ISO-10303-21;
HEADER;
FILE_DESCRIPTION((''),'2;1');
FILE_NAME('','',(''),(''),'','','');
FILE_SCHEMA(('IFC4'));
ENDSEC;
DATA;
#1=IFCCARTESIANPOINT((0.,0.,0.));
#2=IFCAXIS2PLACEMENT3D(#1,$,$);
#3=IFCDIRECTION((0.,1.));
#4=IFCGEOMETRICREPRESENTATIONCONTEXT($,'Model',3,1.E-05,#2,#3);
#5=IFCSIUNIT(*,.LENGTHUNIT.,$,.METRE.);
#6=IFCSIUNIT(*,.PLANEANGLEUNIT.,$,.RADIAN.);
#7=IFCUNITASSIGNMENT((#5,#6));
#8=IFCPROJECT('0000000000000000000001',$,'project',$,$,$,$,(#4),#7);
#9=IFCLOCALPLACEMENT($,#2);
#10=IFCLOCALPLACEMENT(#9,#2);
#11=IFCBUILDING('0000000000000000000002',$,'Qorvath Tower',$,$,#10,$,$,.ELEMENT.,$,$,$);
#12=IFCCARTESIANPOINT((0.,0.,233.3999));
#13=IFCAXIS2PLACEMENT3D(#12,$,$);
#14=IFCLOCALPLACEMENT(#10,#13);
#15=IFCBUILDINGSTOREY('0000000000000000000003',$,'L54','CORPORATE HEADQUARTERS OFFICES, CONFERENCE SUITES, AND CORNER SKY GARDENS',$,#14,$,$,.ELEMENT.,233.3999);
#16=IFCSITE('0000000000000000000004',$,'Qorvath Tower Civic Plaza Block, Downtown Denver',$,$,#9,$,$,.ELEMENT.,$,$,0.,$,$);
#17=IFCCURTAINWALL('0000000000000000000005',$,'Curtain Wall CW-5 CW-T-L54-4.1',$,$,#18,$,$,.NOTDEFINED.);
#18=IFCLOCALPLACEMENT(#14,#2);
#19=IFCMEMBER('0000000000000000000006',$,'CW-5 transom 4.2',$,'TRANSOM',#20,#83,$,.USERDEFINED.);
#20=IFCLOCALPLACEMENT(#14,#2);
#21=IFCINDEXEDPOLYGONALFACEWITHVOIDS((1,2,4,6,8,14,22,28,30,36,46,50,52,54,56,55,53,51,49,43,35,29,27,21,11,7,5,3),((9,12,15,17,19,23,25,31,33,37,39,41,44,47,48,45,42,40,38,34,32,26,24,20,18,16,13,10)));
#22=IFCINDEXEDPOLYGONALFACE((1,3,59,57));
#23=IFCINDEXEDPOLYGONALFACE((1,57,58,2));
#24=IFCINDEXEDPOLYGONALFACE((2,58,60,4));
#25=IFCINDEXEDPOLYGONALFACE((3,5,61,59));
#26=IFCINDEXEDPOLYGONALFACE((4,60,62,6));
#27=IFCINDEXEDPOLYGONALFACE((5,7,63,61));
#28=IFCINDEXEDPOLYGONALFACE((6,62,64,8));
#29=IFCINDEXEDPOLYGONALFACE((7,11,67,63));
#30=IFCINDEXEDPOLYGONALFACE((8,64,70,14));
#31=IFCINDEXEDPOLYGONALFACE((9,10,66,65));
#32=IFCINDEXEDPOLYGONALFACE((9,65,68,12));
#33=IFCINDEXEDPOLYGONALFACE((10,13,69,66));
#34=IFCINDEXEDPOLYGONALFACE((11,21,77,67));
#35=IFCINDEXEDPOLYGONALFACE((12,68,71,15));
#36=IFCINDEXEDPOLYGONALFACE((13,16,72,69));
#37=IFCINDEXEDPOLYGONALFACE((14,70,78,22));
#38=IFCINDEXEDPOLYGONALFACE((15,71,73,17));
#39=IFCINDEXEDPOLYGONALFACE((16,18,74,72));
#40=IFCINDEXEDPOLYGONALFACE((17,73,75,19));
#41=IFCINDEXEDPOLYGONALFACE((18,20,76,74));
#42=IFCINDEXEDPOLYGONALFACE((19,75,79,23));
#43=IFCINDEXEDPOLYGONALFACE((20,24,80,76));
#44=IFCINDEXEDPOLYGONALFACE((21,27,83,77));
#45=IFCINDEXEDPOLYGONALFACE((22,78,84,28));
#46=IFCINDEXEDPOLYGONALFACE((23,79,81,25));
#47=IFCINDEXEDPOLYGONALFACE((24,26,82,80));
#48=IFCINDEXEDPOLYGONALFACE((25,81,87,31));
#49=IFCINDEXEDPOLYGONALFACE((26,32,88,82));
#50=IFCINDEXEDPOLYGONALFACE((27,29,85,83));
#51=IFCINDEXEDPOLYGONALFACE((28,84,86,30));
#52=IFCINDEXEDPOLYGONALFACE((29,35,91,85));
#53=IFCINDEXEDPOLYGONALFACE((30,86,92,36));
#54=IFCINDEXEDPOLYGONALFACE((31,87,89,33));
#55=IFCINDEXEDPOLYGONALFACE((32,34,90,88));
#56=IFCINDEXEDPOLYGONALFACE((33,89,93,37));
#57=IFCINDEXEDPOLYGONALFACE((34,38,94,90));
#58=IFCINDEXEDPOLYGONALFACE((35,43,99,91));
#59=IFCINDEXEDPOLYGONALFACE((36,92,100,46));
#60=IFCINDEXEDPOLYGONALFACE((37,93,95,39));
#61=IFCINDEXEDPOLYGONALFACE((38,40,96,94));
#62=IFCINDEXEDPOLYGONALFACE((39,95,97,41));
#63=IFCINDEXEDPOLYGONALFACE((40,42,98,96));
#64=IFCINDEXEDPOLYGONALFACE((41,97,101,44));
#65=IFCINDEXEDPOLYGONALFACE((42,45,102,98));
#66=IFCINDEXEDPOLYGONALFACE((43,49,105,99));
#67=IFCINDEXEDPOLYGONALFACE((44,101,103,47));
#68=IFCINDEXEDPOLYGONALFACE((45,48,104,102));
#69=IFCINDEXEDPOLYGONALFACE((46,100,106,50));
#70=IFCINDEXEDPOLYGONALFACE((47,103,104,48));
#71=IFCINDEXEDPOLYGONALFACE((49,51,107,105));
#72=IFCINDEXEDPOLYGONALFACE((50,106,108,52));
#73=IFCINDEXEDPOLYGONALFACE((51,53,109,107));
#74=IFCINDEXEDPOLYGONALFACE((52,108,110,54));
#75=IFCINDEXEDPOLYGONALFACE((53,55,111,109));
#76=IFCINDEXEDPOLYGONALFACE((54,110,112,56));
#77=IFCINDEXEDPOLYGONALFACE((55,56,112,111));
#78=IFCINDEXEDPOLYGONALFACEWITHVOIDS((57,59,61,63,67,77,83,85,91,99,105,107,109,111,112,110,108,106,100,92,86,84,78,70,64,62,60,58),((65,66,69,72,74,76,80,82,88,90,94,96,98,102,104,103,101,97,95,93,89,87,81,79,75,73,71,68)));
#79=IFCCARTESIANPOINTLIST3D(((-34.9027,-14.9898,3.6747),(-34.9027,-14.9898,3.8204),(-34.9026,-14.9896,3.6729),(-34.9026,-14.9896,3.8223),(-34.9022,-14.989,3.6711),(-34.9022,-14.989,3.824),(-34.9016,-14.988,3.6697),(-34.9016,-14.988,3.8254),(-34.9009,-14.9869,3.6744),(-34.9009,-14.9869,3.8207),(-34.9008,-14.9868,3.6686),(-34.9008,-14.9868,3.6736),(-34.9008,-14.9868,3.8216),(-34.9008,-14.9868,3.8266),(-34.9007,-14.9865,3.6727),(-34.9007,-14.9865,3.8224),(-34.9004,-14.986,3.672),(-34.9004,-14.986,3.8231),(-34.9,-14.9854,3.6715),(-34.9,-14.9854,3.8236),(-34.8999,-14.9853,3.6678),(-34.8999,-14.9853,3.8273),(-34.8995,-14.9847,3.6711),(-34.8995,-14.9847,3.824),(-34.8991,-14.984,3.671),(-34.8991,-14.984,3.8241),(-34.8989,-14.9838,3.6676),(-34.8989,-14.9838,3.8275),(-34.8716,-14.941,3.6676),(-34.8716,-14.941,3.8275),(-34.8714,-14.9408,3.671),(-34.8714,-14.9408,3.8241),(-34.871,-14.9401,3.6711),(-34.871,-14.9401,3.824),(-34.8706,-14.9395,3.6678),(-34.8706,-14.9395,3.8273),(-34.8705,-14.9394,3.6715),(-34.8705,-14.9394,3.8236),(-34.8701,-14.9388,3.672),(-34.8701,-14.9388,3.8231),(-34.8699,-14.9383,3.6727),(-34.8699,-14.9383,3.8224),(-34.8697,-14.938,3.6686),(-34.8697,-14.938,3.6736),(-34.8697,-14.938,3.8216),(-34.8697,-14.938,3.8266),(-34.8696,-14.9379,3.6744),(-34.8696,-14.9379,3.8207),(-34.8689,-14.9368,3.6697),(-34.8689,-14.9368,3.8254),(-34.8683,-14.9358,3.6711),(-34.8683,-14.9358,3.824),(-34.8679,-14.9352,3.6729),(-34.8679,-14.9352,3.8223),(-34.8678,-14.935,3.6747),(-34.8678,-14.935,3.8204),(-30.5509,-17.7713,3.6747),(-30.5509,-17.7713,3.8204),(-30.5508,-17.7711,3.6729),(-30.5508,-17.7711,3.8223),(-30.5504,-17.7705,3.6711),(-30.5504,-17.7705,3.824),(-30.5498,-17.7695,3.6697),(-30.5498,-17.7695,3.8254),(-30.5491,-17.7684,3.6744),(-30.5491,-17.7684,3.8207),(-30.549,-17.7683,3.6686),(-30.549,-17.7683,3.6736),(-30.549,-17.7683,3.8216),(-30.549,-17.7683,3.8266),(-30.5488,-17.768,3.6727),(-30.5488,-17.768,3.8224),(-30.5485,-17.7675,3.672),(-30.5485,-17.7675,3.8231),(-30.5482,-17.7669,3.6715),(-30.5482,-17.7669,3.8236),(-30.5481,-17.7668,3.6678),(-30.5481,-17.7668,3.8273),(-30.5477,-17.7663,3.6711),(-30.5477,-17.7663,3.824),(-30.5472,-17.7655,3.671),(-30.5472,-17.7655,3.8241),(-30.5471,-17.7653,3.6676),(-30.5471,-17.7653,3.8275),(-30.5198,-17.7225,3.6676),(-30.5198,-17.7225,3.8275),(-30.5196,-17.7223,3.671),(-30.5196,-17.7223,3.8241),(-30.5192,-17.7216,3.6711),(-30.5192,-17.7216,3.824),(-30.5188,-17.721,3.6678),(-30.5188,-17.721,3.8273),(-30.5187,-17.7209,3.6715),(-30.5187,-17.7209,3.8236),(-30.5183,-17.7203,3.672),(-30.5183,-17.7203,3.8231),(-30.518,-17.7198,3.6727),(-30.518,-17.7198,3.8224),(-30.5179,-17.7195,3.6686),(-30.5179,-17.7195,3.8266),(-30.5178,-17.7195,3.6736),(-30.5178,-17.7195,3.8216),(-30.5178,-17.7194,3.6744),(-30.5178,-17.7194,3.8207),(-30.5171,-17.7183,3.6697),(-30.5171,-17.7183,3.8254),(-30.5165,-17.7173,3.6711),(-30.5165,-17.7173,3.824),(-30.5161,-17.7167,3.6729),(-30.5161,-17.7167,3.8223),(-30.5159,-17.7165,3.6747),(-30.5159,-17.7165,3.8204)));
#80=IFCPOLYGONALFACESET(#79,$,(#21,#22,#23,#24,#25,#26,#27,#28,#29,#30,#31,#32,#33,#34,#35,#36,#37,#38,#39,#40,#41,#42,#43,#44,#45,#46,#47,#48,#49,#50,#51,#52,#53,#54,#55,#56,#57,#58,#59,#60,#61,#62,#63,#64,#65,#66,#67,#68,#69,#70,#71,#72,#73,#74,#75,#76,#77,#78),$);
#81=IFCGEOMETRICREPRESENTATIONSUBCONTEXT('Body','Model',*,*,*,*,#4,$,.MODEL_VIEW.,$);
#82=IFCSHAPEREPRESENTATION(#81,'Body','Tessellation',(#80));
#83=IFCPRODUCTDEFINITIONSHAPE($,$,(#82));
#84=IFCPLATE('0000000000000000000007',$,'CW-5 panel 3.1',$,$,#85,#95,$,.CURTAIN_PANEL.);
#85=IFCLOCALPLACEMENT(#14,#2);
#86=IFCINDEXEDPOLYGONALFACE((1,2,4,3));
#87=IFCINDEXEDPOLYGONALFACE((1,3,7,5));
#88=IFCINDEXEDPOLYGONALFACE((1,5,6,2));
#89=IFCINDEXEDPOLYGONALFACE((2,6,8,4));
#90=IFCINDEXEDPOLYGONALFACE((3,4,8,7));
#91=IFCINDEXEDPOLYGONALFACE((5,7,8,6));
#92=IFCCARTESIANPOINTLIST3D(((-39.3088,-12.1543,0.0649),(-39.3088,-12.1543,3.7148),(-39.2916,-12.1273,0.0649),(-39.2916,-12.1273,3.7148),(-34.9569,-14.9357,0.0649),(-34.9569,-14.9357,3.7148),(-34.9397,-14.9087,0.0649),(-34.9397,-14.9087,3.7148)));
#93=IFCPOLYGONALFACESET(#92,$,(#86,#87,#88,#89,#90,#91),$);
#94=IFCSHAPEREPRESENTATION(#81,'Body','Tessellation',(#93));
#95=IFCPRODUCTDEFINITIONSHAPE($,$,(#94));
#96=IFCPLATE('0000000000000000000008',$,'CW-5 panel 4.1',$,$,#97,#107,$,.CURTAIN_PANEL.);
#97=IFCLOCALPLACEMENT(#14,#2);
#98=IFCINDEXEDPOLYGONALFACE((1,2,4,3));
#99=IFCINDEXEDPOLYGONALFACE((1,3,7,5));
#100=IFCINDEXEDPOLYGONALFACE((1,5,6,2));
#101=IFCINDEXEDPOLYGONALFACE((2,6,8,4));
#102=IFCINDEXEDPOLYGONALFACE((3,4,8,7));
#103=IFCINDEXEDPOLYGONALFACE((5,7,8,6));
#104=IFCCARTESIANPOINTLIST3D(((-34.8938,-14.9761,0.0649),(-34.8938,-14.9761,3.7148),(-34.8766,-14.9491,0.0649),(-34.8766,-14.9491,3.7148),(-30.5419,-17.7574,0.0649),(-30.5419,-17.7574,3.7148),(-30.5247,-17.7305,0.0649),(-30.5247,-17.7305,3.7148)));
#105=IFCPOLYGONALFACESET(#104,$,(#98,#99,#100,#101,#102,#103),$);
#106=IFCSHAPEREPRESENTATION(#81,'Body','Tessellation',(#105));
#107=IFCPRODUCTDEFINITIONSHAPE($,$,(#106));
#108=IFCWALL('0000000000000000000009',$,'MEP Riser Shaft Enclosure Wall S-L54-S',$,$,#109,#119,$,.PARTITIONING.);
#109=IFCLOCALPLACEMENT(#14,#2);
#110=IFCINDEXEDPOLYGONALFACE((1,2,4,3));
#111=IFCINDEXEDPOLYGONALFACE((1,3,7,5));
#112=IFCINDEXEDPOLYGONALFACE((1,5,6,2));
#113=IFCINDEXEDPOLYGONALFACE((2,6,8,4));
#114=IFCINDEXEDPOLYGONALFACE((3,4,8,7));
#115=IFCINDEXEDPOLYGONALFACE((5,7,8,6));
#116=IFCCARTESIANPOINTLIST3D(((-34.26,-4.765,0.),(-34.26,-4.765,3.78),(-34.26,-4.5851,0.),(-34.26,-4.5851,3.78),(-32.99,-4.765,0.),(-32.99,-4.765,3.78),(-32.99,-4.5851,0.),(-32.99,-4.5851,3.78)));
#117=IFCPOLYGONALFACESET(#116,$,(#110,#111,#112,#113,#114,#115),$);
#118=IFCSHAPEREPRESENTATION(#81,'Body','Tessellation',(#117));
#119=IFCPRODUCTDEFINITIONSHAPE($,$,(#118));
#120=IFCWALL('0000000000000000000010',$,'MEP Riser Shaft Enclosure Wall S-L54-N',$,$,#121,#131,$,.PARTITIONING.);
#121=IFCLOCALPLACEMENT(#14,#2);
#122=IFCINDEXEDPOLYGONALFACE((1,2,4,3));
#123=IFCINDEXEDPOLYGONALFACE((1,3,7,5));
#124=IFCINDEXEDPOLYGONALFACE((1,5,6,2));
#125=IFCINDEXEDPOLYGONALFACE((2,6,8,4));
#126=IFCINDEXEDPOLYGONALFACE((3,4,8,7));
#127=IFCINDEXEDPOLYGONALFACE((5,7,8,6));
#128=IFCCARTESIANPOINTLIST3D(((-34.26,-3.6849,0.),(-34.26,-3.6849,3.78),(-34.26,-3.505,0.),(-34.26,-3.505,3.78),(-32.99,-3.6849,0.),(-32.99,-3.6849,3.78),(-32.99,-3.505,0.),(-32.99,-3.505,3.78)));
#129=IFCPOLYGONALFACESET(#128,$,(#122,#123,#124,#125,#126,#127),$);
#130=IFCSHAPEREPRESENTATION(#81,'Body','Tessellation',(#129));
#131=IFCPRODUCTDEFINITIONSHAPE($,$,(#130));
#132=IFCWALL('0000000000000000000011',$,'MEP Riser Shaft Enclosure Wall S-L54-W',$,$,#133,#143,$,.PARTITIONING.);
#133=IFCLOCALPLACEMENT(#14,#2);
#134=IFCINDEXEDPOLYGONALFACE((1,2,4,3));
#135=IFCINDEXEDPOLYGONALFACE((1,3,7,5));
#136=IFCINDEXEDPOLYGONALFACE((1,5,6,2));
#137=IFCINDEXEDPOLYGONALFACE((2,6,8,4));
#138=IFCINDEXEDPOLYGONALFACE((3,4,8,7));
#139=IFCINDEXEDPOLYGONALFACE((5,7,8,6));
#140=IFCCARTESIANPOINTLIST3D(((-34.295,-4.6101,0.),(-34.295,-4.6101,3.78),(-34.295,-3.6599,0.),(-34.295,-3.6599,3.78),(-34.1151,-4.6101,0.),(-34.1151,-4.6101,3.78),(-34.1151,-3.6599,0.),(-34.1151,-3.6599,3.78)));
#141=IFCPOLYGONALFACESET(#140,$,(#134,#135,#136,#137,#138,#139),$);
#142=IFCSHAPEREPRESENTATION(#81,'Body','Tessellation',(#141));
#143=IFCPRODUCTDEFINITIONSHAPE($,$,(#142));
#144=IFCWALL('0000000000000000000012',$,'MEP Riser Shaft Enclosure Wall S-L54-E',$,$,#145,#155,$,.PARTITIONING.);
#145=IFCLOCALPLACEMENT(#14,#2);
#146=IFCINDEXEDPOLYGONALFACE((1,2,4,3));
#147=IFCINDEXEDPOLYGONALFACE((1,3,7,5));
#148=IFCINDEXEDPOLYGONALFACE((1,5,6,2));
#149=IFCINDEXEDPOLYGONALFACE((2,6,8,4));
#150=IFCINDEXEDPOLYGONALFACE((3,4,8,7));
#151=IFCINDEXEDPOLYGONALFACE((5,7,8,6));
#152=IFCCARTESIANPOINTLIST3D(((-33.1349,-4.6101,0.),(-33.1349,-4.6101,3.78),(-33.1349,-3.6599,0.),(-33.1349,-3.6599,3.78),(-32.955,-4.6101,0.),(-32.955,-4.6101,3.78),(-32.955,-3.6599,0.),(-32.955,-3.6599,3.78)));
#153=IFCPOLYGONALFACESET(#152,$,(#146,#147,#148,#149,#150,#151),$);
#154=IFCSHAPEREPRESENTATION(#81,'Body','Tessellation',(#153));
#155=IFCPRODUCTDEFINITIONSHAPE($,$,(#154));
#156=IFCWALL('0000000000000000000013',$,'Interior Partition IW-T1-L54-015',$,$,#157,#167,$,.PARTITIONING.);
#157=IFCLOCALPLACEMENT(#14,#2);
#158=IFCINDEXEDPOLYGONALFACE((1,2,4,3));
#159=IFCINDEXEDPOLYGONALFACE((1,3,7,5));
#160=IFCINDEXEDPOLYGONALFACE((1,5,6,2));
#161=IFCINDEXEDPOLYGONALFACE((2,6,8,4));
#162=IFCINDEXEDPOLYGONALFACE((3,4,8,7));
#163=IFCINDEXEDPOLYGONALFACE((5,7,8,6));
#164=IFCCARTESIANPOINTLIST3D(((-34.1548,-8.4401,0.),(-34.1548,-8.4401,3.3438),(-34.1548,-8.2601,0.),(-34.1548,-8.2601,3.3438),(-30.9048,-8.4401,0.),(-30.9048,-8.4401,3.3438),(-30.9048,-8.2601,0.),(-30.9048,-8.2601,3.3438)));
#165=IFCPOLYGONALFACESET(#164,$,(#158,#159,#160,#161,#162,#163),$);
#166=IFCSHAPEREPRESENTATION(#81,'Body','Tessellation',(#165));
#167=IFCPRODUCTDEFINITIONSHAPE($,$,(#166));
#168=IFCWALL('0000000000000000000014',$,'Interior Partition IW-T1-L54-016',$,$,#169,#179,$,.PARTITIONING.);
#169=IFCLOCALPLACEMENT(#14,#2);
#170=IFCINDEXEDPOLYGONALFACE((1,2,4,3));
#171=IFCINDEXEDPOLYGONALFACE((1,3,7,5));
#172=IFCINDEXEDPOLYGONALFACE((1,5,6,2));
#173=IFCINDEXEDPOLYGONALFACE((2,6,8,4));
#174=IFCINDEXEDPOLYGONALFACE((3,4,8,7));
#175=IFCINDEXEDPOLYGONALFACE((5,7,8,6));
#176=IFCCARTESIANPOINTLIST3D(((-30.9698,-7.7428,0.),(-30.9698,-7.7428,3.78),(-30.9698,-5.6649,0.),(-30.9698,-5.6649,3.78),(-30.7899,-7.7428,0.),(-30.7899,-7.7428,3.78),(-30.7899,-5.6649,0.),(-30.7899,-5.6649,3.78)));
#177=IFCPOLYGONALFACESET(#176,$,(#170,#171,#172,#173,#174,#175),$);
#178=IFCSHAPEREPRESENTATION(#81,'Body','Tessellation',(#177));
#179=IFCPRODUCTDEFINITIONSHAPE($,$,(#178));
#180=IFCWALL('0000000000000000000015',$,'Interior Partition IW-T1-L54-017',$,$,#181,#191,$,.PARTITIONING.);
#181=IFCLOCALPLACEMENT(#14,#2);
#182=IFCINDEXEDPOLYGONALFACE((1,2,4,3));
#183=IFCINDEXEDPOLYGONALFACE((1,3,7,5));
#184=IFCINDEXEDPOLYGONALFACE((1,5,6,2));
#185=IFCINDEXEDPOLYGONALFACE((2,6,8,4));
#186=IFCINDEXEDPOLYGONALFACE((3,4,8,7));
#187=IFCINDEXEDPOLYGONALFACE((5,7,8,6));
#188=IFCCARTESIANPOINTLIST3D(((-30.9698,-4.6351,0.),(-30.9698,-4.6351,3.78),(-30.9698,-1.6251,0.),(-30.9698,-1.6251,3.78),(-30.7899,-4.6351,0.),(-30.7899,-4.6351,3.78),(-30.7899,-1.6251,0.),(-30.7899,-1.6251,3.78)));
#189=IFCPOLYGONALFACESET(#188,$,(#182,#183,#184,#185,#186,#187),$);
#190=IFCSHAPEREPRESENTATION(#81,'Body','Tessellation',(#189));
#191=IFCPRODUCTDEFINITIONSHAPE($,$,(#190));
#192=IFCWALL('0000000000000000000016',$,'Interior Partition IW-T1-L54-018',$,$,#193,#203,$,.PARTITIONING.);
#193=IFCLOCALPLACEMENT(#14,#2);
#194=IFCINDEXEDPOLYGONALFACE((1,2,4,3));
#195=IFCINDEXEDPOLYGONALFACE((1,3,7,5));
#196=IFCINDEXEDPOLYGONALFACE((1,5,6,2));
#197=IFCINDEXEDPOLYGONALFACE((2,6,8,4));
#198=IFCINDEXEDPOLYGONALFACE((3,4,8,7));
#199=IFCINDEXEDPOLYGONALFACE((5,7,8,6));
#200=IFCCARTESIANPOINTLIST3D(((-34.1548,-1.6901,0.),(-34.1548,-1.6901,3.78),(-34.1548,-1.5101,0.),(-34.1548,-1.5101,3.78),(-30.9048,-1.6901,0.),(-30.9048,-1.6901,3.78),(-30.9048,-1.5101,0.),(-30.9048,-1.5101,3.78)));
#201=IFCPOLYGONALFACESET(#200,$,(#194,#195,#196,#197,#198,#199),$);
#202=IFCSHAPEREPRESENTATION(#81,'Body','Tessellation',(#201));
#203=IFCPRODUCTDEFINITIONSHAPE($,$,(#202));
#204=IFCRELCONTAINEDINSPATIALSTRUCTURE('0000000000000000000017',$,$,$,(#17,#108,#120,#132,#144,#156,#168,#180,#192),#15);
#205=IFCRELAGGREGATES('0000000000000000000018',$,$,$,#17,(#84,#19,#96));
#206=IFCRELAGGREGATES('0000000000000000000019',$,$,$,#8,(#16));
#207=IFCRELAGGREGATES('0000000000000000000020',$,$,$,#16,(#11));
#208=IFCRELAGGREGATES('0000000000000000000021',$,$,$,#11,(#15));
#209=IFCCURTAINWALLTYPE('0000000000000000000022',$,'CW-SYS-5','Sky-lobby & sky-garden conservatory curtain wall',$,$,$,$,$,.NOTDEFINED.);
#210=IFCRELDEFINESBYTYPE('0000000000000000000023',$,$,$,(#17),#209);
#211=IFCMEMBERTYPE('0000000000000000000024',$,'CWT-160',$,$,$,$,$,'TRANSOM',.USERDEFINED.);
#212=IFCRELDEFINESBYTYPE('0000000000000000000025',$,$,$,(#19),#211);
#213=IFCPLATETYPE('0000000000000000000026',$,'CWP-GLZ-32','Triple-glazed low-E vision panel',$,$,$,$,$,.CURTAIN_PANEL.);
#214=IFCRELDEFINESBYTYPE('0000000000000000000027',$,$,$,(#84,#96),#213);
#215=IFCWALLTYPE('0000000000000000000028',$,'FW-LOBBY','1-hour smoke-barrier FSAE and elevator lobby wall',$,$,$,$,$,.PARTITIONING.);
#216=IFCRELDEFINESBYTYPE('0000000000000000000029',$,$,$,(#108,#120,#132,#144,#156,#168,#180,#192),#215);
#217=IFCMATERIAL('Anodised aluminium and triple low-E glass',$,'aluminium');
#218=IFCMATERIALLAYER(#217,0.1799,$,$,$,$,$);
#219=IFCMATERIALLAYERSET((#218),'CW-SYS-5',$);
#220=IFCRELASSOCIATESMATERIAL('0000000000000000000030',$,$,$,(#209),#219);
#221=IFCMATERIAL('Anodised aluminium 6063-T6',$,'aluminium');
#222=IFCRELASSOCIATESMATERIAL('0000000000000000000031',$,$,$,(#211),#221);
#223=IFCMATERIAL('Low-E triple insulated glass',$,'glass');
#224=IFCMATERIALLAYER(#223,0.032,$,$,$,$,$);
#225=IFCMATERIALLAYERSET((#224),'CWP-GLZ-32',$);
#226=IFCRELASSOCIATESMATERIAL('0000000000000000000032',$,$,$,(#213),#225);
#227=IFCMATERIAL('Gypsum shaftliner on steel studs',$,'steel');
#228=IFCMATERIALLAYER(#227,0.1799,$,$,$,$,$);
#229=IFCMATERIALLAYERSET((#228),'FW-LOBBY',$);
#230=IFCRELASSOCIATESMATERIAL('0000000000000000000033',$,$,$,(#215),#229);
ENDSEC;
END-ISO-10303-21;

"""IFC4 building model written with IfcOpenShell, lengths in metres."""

from ifc_helpers import new_model, si_unit, direction, frame, frame_2d, origin, origin_2d, place, context, subcontext, project, spatial, rectangle, hollow_rectangle, extrude, material, layer, layer_set, material_profile, profile_set, type_object, element, aggregate, save


model = new_model("IFC4")

# Units and contexts
model_context = context("Model", 3, precision=1e-05, world=origin(), true_north=direction((0.0, 1.0)))
body_context = subcontext(model_context, "Body", "Model", "MODEL_VIEW")
ifc_project = project(units=[si_unit("LENGTHUNIT", "METRE"), si_unit("PLANEANGLEUNIT", "RADIAN")], contexts=[model_context])

# Site, building, storey
site_placement = place(None, origin())
site = spatial("IfcSite", under=ifc_project, at=site_placement, Name="Qorvath Tower Civic Plaza Block, Downtown Denver", CompositionType="ELEMENT", RefElevation=0.0)
building_placement = place(site_placement, origin())
building = spatial("IfcBuilding", under=site, at=building_placement, Name="Qorvath Tower", CompositionType="ELEMENT")
storey_placement = place(building_placement, frame((0.0, 0.0, 233.3999)))
storey = spatial("IfcBuildingStorey", under=building, at=storey_placement, Name="L54", Description="CORPORATE HEADQUARTERS OFFICES, CONFERENCE SUITES, AND CORNER SKY GARDENS", CompositionType="ELEMENT", Elevation=233.3999)

# Curtain wall, member, plates
ifc_material_1 = material(Name="Anodised aluminium and triple low-E glass", Category="aluminium")
ifc_layer_1 = layer(ifc_material_1, 0.1799)
ifc_layer_set_1 = layer_set([ifc_layer_1], Name="CW-SYS-5")
curtain_wall_type = type_object("IfcCurtainWallType", Name="CW-SYS-5", Description="Sky-lobby & sky-garden conservatory curtain wall", PredefinedType="NOTDEFINED", material=ifc_layer_set_1)
curtain_wall_placement = place(storey_placement, origin())
curtain_wall = element("IfcCurtainWall", 1, at=curtain_wall_placement, inside=storey, type_object=curtain_wall_type, Name="Curtain Wall CW-5 CW-T-L54-4.1", PredefinedType="NOTDEFINED")
ifc_material_2 = material(Name="Anodised aluminium 6063-T6", Category="aluminium")
ifc_material_profile_1 = material_profile(ifc_material_2, hollow_rectangle(XDim=0.0649, YDim=0.1599, WallThickness=0.0034, InnerFilletRadius=0.0034, OuterFilletRadius=0.0071, at=origin_2d()), Name="CWT 160x65")
ifc_profile_set_1 = profile_set([ifc_material_profile_1], Name="Anodised aluminium 6063-T6")
member_type_1 = type_object("IfcMemberType", Name="CWT-160", ElementType="TRANSOM", PredefinedType="USERDEFINED", material=ifc_profile_set_1)
member_1_placement = place(storey_placement, frame((-34.8853, -14.9624, 3.7476), z_axis=(0.842593, -0.538551, 0.0), x_axis=(0.538551, 0.842593, 0.0)))
member_1 = element("IfcMember", 2, at=member_1_placement, type_object=member_type_1, Name="CW-5 transom 4.2", ObjectType="TRANSOM", PredefinedType="USERDEFINED", context=body_context, shape_type="SweptSolid", body=[
    extrude(hollow_rectangle(XDim=0.0649, YDim=0.1599, WallThickness=0.0034, InnerFilletRadius=0.0034, OuterFilletRadius=0.0071, at=origin_2d()), origin(), (0.0, 0.0, 1.0), 5.1648),
])
ifc_material_3 = material(Name="Low-E triple insulated glass", Category="glass")
ifc_layer_2 = layer(ifc_material_3, 0.032)
ifc_layer_set_2 = layer_set([ifc_layer_2], Name="CWP-GLZ-32")
plate_type = type_object("IfcPlateType", Name="CWP-GLZ-32", Description="Triple-glazed low-E vision panel", PredefinedType="CURTAIN_PANEL", material=ifc_layer_set_2)
plate_1_placement = place(storey_placement, frame((-37.1243, -13.5315, 0.0649), z_axis=(0.0, 0.0, 1.0), x_axis=(0.842607, -0.538528, 0.0)))
plate_1 = element("IfcPlate", 3, at=plate_1_placement, type_object=plate_type, Name="CW-5 panel 3.1", PredefinedType="CURTAIN_PANEL", context=body_context, shape_type="SweptSolid", body=[
    extrude(rectangle(XDim=5.1648, YDim=0.032, at=origin_2d()), origin(), (0.0, 0.0, 1.0), 3.6499),
])
plate_2_placement = place(storey_placement, frame((-32.7092, -16.3533, 0.0649), z_axis=(0.0, 0.0, 1.0), x_axis=(0.842607, -0.538528, 0.0)))
plate_2 = element("IfcPlate", 4, at=plate_2_placement, type_object=plate_type, Name="CW-5 panel 4.1", PredefinedType="CURTAIN_PANEL", context=body_context, shape_type="SweptSolid", body=[
    extrude(rectangle(XDim=5.1648, YDim=0.032, at=origin_2d()), origin(), (0.0, 0.0, 1.0), 3.6499),
])
aggregate(curtain_wall, [plate_1, member_1, plate_2])

# Walls
ifc_material_4 = material(Name="Gypsum shaftliner on steel studs", Category="steel")
ifc_layer_3 = layer(ifc_material_4, 0.1799)
ifc_layer_set_3 = layer_set([ifc_layer_3], Name="FW-LOBBY")
wall_type_1 = type_object("IfcWallType", Name="FW-LOBBY", Description="1-hour smoke-barrier FSAE and elevator lobby wall", PredefinedType="PARTITIONING", material=ifc_layer_set_3)
for number, where, z_axis, x_axis, name in (
    (5, (-32.99, -4.675, 0.0), (0.0, 0.0, 1.0), (-1.0, 0.0, 0.0), "MEP Riser Shaft Enclosure Wall S-L54-S"),
    (6, (-34.26, -3.595, 0.0), (0.0, 0.0, 1.0), (1.0, 0.0, 0.0), "MEP Riser Shaft Enclosure Wall S-L54-N"),
):
    element("IfcWall", number, at=place(storey_placement, frame(where, z_axis=z_axis, x_axis=x_axis)), inside=storey, type_object=wall_type_1, Name=name, PredefinedType="PARTITIONING", context=body_context, shape_type="SweptSolid", body=[
        extrude(rectangle(XDim=1.27, YDim=0.1799, at=frame_2d((0.635, 0.0))), origin(), (0.0, 0.0, 1.0), 3.78),
    ])
for number, where, z_axis, x_axis, name in (
    (7, (-34.2051, -4.6101, 0.0), (0.0, 0.0, 1.0), (0.0, 1.0, 0.0), "MEP Riser Shaft Enclosure Wall S-L54-W"),
    (8, (-33.0449, -3.6599, 0.0), (0.0, 0.0, 1.0), (0.0, -1.0, 0.0), "MEP Riser Shaft Enclosure Wall S-L54-E"),
):
    element("IfcWall", number, at=place(storey_placement, frame(where, z_axis=z_axis, x_axis=x_axis)), inside=storey, type_object=wall_type_1, Name=name, PredefinedType="PARTITIONING", context=body_context, shape_type="SweptSolid", body=[
        extrude(rectangle(XDim=0.9502, YDim=0.1799, at=frame_2d((0.4751, 0.0))), origin(), (0.0, 0.0, 1.0), 3.78),
    ])
wall_1_placement = place(storey_placement, frame((-34.1548, -8.3501, 0.0), z_axis=(0.0, 0.0, 1.0), x_axis=(1.0, 0.0, 0.0)))
element("IfcWall", 9, at=wall_1_placement, inside=storey, type_object=wall_type_1, Name="Interior Partition IW-T1-L54-015", PredefinedType="PARTITIONING", context=body_context, shape_type="SweptSolid", body=[
    extrude(rectangle(XDim=3.25, YDim=0.1799, at=frame_2d((1.625, 0.0))), origin(), (0.0, 0.0, 1.0), 3.3438),
])
wall_2_placement = place(storey_placement, frame((-30.8799, -7.7429, 0.0), z_axis=(0.0, 0.0, 1.0), x_axis=(0.0, 1.0, 0.0)))
element("IfcWall", 10, at=wall_2_placement, inside=storey, type_object=wall_type_1, Name="Interior Partition IW-T1-L54-016", PredefinedType="PARTITIONING", context=body_context, shape_type="SweptSolid", body=[
    extrude(rectangle(XDim=2.0779, YDim=0.1799, at=frame_2d((1.0391, 0.0))), origin(), (0.0, 0.0, 1.0), 3.78),
])
wall_3_placement = place(storey_placement, frame((-30.8799, -4.635, 0.0), z_axis=(0.0, 0.0, 1.0), x_axis=(0.0, 1.0, 0.0)))
element("IfcWall", 11, at=wall_3_placement, inside=storey, type_object=wall_type_1, Name="Interior Partition IW-T1-L54-017", PredefinedType="PARTITIONING", context=body_context, shape_type="SweptSolid", body=[
    extrude(rectangle(XDim=3.01, YDim=0.1799, at=frame_2d((1.5049, 0.0))), origin(), (0.0, 0.0, 1.0), 3.78),
])
wall_4_placement = place(storey_placement, frame((-30.9048, -1.6001, 0.0), z_axis=(0.0, 0.0, 1.0), x_axis=(-1.0, 0.0, 0.0)))
element("IfcWall", 12, at=wall_4_placement, inside=storey, type_object=wall_type_1, Name="Interior Partition IW-T1-L54-018", PredefinedType="PARTITIONING", context=body_context, shape_type="SweptSolid", body=[
    extrude(rectangle(XDim=3.25, YDim=0.1799, at=frame_2d((1.625, 0.0))), origin(), (0.0, 0.0, 1.0), 3.78),
])

save(model, "model.ifc")
